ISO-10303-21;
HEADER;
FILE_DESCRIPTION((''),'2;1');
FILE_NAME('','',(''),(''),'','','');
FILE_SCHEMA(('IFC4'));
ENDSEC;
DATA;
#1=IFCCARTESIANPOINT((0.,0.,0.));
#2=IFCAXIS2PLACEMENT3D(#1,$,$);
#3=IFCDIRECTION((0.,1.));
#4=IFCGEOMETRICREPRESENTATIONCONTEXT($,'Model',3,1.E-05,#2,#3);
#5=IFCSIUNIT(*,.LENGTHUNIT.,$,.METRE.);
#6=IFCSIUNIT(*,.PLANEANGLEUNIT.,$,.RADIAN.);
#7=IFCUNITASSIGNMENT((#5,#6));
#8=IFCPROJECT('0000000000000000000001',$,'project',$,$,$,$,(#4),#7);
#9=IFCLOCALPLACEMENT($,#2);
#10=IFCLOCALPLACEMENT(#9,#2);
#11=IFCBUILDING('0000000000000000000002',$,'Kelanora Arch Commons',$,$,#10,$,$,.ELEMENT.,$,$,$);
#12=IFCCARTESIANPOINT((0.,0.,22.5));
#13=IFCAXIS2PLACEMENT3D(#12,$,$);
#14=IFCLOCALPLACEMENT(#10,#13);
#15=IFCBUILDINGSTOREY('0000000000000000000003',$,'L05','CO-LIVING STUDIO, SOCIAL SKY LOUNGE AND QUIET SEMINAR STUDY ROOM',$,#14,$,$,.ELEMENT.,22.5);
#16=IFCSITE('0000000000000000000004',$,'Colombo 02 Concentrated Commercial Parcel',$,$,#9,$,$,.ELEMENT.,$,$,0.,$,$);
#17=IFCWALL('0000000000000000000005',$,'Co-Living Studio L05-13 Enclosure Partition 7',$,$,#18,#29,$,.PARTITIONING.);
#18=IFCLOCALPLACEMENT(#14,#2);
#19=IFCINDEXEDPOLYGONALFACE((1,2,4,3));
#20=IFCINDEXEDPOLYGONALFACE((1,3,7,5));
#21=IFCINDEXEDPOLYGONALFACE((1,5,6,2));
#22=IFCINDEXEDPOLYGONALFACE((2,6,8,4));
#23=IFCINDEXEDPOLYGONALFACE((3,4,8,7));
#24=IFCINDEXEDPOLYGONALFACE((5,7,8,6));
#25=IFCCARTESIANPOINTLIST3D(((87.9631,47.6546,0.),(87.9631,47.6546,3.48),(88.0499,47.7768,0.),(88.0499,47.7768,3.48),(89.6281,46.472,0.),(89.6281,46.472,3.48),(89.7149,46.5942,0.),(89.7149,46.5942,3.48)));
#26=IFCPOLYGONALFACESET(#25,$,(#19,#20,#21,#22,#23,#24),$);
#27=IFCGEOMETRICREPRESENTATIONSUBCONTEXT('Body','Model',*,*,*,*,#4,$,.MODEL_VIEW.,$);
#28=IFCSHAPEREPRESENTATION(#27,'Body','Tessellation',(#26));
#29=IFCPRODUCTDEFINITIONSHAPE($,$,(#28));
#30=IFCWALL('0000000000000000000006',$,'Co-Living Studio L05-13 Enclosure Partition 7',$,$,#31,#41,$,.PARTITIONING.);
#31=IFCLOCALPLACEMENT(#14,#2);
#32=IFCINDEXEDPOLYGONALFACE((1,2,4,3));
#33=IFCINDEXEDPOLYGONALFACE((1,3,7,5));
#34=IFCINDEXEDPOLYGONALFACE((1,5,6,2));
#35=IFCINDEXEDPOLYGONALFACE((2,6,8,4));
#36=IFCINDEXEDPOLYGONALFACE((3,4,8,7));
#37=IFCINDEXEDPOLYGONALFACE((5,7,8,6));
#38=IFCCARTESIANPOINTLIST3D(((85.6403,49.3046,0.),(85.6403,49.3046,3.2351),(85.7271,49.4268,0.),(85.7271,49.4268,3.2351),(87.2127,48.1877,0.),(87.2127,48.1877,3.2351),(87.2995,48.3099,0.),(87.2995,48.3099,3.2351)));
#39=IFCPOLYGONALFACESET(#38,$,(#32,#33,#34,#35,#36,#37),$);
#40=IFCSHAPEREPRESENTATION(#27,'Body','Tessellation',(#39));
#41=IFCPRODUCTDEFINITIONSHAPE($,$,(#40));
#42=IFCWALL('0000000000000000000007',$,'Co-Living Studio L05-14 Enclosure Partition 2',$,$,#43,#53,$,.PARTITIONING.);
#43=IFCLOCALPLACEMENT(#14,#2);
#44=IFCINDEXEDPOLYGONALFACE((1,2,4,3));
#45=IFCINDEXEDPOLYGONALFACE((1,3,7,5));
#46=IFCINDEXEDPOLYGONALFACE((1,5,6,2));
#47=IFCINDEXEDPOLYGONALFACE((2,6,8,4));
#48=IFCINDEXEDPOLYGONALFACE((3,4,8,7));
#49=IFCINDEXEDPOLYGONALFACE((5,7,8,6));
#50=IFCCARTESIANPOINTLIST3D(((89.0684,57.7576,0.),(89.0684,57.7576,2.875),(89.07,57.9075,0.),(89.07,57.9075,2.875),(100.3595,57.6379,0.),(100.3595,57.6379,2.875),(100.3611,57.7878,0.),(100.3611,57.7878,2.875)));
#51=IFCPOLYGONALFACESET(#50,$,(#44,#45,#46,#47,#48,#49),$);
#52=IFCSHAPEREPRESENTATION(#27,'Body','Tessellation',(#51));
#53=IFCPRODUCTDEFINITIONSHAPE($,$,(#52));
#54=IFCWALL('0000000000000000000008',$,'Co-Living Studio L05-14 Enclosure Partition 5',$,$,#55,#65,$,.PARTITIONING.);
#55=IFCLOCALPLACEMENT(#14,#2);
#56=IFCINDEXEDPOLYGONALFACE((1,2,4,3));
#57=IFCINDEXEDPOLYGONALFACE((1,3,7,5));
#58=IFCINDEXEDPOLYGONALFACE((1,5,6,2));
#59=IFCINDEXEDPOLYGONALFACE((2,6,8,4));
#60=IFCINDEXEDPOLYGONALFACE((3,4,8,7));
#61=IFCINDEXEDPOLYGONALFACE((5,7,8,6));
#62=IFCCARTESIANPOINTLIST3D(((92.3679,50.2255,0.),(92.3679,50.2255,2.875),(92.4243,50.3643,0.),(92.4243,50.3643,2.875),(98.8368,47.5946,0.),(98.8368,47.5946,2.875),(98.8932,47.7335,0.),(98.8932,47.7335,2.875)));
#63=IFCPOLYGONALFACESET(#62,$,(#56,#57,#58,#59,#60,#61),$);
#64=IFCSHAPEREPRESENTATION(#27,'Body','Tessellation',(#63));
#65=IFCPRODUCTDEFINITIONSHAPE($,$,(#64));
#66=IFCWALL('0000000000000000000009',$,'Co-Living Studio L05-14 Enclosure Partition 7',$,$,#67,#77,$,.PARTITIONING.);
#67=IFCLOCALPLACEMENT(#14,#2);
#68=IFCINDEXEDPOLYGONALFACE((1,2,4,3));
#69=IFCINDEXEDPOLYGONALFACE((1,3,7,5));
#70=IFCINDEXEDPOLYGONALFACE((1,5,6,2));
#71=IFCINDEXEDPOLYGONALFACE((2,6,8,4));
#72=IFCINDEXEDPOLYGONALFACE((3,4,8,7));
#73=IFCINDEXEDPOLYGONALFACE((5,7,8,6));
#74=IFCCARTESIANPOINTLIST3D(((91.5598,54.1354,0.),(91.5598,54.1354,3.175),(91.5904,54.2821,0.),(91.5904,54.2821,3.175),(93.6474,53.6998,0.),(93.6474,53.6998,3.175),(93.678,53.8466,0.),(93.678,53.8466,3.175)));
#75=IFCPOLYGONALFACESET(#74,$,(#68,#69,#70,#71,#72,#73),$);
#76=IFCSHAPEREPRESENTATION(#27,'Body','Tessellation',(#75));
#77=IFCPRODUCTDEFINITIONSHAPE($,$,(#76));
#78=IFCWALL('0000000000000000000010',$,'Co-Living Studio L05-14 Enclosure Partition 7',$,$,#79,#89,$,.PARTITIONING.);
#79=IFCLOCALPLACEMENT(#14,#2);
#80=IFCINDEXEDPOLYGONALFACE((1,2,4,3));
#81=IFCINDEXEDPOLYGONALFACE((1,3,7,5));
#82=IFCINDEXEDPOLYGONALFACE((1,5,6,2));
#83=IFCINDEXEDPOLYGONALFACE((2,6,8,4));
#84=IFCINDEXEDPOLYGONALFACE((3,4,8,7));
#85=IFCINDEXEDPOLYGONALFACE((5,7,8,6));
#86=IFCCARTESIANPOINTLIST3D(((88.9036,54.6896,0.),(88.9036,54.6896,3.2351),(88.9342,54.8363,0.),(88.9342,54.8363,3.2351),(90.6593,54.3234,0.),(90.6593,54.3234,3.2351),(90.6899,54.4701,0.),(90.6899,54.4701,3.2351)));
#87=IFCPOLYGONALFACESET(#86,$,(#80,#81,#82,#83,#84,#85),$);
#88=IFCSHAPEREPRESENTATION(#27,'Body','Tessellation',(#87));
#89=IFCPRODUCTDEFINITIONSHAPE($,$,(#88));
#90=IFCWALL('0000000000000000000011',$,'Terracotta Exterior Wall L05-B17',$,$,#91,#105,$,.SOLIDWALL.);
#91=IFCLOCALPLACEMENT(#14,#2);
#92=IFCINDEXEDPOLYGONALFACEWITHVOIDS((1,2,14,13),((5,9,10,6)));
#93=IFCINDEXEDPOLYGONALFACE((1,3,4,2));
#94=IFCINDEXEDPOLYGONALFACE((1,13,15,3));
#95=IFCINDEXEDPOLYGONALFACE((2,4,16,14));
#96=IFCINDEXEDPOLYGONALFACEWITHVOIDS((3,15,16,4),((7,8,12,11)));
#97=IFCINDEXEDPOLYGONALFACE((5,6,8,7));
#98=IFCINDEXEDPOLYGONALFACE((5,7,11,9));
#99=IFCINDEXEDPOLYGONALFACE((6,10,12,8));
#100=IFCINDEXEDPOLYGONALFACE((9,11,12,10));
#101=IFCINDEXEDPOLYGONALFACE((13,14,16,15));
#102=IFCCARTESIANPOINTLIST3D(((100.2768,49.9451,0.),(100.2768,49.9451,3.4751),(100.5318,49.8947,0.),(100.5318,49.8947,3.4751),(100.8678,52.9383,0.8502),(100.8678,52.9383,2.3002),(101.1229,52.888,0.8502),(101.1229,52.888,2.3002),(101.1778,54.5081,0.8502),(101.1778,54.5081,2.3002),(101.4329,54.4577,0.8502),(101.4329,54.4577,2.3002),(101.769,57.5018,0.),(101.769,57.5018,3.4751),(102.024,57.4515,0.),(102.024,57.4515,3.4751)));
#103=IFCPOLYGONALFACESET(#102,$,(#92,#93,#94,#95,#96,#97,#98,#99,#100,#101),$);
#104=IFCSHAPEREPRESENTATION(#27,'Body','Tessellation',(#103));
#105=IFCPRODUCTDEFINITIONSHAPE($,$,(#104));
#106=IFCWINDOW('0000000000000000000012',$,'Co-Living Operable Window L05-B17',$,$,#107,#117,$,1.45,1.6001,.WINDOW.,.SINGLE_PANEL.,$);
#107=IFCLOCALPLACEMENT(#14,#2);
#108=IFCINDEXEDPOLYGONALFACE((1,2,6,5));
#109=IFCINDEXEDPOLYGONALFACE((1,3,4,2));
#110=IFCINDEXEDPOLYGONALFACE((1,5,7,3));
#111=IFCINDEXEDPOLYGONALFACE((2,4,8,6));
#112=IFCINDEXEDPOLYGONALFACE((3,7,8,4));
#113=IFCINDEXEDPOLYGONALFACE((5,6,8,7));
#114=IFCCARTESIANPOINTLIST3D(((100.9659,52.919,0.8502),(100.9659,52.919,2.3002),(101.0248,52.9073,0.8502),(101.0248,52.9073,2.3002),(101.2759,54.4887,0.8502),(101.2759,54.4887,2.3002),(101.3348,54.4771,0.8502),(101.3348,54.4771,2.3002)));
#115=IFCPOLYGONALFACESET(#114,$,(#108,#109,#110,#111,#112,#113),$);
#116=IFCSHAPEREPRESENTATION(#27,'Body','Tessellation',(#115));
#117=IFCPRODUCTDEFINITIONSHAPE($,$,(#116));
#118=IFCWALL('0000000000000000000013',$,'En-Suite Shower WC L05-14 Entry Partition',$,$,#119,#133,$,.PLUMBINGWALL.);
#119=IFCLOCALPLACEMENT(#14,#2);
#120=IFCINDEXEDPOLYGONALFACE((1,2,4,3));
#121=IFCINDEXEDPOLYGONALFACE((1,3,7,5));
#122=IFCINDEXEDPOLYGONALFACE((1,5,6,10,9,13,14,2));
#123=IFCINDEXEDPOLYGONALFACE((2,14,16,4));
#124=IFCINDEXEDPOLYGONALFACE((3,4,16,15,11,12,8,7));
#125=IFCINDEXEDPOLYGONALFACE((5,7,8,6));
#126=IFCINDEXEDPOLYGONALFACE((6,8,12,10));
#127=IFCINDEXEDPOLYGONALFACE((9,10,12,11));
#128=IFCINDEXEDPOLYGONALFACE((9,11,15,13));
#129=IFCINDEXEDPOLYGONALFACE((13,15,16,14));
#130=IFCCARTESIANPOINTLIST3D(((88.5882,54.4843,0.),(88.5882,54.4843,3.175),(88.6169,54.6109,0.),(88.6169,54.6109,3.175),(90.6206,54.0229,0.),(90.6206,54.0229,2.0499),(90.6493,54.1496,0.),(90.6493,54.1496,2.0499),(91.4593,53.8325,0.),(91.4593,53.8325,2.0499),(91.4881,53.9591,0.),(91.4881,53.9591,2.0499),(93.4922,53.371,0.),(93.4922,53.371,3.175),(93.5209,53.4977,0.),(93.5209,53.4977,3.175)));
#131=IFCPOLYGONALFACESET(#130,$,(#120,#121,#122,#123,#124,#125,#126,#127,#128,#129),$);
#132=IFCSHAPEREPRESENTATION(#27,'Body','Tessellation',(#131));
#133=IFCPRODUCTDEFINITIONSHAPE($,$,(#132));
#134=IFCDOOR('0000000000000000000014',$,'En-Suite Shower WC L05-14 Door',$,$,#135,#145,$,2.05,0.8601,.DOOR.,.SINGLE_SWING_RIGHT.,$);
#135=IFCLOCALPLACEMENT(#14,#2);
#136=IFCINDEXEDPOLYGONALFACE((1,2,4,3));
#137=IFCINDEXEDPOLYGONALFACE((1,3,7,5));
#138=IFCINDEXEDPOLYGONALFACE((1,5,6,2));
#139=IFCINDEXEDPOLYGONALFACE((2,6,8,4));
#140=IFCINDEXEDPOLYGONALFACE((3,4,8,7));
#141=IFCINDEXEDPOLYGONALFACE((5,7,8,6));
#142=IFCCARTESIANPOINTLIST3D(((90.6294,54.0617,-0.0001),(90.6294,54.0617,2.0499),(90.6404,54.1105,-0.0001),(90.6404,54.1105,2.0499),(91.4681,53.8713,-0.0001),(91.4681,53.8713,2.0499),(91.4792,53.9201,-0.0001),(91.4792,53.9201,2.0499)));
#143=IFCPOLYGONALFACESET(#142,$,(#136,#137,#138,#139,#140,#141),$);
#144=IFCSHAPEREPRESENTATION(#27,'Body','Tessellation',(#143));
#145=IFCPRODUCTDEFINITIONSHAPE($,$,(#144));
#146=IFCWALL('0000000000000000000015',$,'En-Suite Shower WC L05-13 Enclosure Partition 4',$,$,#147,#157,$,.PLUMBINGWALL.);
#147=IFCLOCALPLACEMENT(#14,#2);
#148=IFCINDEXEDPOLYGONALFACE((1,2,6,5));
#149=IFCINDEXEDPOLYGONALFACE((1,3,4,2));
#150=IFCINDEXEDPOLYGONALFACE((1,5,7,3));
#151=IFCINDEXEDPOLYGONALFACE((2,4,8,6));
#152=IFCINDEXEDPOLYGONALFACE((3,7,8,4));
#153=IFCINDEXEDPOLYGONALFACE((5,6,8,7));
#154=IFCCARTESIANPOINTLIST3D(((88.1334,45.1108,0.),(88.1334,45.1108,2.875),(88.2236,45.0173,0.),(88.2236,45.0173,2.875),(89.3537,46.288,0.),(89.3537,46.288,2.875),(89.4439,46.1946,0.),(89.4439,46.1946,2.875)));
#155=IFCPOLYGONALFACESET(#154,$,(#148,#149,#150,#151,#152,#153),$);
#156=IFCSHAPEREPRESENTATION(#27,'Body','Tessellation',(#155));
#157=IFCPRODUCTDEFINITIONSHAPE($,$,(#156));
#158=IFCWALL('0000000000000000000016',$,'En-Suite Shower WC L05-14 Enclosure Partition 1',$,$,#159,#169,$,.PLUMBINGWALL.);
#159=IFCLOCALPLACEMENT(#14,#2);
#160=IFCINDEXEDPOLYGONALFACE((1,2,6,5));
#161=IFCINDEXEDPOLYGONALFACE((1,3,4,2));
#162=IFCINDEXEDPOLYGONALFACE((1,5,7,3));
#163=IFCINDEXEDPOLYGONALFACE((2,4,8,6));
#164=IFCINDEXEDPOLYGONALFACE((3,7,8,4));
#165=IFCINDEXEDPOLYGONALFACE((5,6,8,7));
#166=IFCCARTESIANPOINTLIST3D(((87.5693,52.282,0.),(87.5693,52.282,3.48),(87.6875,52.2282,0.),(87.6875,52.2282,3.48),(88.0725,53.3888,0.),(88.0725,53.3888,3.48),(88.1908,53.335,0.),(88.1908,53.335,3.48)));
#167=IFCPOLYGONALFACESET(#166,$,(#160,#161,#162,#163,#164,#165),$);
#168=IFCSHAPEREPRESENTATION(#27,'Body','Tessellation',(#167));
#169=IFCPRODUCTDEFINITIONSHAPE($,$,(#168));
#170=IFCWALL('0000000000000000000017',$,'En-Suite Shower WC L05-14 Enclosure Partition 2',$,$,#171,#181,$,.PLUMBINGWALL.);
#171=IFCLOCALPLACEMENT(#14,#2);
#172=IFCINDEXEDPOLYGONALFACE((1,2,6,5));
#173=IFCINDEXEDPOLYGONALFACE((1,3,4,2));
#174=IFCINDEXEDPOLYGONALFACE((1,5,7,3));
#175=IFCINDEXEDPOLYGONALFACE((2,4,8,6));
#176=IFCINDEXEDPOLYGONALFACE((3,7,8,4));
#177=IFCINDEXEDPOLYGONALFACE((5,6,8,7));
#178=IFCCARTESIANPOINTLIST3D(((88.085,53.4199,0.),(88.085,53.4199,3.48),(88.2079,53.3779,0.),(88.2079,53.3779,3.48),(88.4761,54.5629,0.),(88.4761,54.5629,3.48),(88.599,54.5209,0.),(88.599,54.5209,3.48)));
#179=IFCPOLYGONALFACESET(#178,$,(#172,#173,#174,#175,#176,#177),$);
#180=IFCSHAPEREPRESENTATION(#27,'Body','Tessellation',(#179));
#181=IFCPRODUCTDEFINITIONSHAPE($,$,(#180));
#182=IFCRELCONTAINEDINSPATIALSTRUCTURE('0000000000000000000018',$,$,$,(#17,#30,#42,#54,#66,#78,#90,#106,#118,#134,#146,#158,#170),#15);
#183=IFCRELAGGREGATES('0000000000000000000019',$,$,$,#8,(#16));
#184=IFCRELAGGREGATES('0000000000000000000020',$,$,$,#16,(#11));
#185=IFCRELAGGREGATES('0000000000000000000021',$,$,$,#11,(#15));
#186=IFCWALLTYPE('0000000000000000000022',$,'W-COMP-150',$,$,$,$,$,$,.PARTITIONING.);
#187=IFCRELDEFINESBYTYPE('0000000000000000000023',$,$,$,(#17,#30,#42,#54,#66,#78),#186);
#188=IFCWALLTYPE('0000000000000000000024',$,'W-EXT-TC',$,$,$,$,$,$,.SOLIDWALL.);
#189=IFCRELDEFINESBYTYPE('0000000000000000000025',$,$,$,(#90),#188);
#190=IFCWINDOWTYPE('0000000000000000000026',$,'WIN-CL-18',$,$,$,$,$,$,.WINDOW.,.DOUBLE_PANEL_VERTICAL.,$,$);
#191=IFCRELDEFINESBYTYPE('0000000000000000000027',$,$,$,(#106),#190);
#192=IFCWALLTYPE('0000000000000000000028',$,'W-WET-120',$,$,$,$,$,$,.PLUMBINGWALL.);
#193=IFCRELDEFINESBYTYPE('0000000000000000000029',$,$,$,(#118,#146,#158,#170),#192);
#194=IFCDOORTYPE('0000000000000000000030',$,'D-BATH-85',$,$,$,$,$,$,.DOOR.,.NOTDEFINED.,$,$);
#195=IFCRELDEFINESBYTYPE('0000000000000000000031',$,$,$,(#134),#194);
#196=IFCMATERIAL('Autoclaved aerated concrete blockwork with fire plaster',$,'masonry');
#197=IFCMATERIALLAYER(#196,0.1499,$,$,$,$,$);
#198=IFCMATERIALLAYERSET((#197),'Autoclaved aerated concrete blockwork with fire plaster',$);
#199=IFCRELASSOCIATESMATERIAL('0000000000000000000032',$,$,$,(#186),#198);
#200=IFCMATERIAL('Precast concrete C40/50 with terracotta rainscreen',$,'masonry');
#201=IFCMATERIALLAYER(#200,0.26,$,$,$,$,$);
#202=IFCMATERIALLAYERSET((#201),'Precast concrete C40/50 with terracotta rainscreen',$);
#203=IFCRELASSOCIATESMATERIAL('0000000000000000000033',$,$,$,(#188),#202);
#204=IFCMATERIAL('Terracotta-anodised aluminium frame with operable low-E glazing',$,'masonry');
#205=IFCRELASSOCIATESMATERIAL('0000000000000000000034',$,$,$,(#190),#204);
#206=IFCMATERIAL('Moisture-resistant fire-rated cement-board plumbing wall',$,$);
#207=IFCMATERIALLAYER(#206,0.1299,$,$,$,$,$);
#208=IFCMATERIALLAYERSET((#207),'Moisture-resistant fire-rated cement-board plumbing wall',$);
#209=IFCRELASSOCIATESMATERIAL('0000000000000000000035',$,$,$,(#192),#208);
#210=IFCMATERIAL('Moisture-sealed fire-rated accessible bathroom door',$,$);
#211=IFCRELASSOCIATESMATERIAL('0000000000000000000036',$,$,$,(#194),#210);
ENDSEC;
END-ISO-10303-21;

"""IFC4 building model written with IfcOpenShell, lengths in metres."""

from ifc_helpers import new_model, si_unit, direction, frame, frame_2d, origin, place, context, subcontext, project, spatial, rectangle, extrude, material, layer, layer_set, type_object, element, fill, save


model = new_model("IFC4")

# Units and contexts
model_context = context("Model", 3, precision=1e-05, world=origin(), true_north=direction((0.0, 1.0)))
body_context = subcontext(model_context, "Body", "Model", "MODEL_VIEW")
ifc_project = project(units=[si_unit("LENGTHUNIT", "METRE"), si_unit("PLANEANGLEUNIT", "RADIAN")], contexts=[model_context])

# Site, building, storey
site_placement = place(None, origin())
site = spatial("IfcSite", under=ifc_project, at=site_placement, Name="Colombo 02 Concentrated Commercial Parcel", CompositionType="ELEMENT", RefElevation=0.0)
building_placement = place(site_placement, origin())
building = spatial("IfcBuilding", under=site, at=building_placement, Name="Kelanora Arch Commons", CompositionType="ELEMENT")
storey_placement = place(building_placement, frame((0.0, 0.0, 22.5)))
storey = spatial("IfcBuildingStorey", under=building, at=storey_placement, Name="L05", Description="CO-LIVING STUDIO, SOCIAL SKY LOUNGE AND QUIET SEMINAR STUDY ROOM", CompositionType="ELEMENT", Elevation=22.5)

# Shared definitions
ifc_material_1 = material(Name="Autoclaved aerated concrete blockwork with fire plaster", Category="masonry")
ifc_layer_1 = layer(ifc_material_1, 0.1499)
ifc_layer_set_1 = layer_set([ifc_layer_1], Name="Autoclaved aerated concrete blockwork with fire plaster")
wall_type_1 = type_object("IfcWallType", Name="W-COMP-150", PredefinedType="PARTITIONING", material=ifc_layer_set_1)

# Walls
wall_1_placement = place(storey_placement, frame((89.6714, 46.5332, 0.0), z_axis=(0.0, 0.0, 1.0), x_axis=(-0.815281, 0.579065, 0.0)))
element("IfcWall", 1, at=wall_1_placement, inside=storey, type_object=wall_type_1, Name="Co-Living Studio L05-13 Enclosure Partition 7", PredefinedType="PARTITIONING", context=body_context, shape_type="SweptSolid", body=[
    extrude(rectangle(XDim=2.0422, YDim=0.1499, at=frame_2d((1.021, 0.0))), origin(), (0.0, 0.0, 1.0), 3.48),
])
wall_2_placement = place(storey_placement, frame((87.2561, 48.2488, 0.0), z_axis=(0.0, 0.0, 1.0), x_axis=(-0.81527, 0.579081, 0.0)))
element("IfcWall", 2, at=wall_2_placement, inside=storey, type_object=wall_type_1, Name="Co-Living Studio L05-13 Enclosure Partition 7", PredefinedType="PARTITIONING", context=body_context, shape_type="SweptSolid", body=[
    extrude(rectangle(XDim=1.9287, YDim=0.1499, at=frame_2d((0.9644, 0.0))), origin(), (0.0, 0.0, 1.0), 3.2351),
])
wall_3_placement = place(storey_placement, frame((89.0691, 57.8325, 0.0), z_axis=(0.0, 0.0, 1.0), x_axis=(0.999944, -0.010594, 0.0)))
element("IfcWall", 3, at=wall_3_placement, inside=storey, type_object=wall_type_1, Name="Co-Living Studio L05-14 Enclosure Partition 2", PredefinedType="PARTITIONING", context=body_context, shape_type="SweptSolid", body=[
    extrude(rectangle(XDim=11.2917, YDim=0.1499, at=frame_2d((5.646, 0.0))), origin(), (0.0, 0.0, 1.0), 2.875),
])
wall_4_placement = place(storey_placement, frame((98.865, 47.6641, 0.0), z_axis=(0.0, 0.0, 1.0), x_axis=(-0.926325, 0.376725, 0.0)))
element("IfcWall", 4, at=wall_4_placement, inside=storey, type_object=wall_type_1, Name="Co-Living Studio L05-14 Enclosure Partition 5", PredefinedType="PARTITIONING", context=body_context, shape_type="SweptSolid", body=[
    extrude(rectangle(XDim=6.9834, YDim=0.1499, at=frame_2d((3.4917, 0.0))), origin(), (0.0, 0.0, 1.0), 2.875),
])
wall_5_placement = place(storey_placement, frame((93.6628, 53.7732, 0.0), z_axis=(0.0, 0.0, 1.0), x_axis=(-0.978922, 0.204233, 0.0)))
element("IfcWall", 5, at=wall_5_placement, inside=storey, type_object=wall_type_1, Name="Co-Living Studio L05-14 Enclosure Partition 7", PredefinedType="PARTITIONING", context=body_context, shape_type="SweptSolid", body=[
    extrude(rectangle(XDim=2.1326, YDim=0.1499, at=frame_2d((1.0664, 0.0))), origin(), (0.0, 0.0, 1.0), 3.175),
])
wall_6_placement = place(storey_placement, frame((90.6746, 54.3967, 0.0), z_axis=(0.0, 0.0, 1.0), x_axis=(-0.978929, 0.204199, 0.0)))
element("IfcWall", 6, at=wall_6_placement, inside=storey, type_object=wall_type_1, Name="Co-Living Studio L05-14 Enclosure Partition 7", PredefinedType="PARTITIONING", context=body_context, shape_type="SweptSolid", body=[
    extrude(rectangle(XDim=1.7935, YDim=0.1499, at=frame_2d((0.8967, 0.0))), origin(), (0.0, 0.0, 1.0), 3.2351),
])

# Wall, opening, window
ifc_material_2 = material(Name="Precast concrete C40/50 with terracotta rainscreen", Category="masonry")
ifc_layer_2 = layer(ifc_material_2, 0.26)
ifc_layer_set_2 = layer_set([ifc_layer_2], Name="Precast concrete C40/50 with terracotta rainscreen")
wall_type_2 = type_object("IfcWallType", Name="W-EXT-TC", PredefinedType="SOLIDWALL", material=ifc_layer_set_2)
wall_7_placement = place(storey_placement, frame((100.4043, 49.9199, 0.0), z_axis=(0.0, 0.0, 1.0), x_axis=(0.193726, 0.981056, 0.0)))
wall_7 = element("IfcWall", 7, at=wall_7_placement, inside=storey, type_object=wall_type_2, Name="Terracotta Exterior Wall L05-B17", PredefinedType="SOLIDWALL", context=body_context, shape_type="SweptSolid", body=[
    extrude(rectangle(XDim=7.7026, YDim=0.26, at=frame_2d((3.8513, 0.0))), origin(), (0.0, 0.0, 1.0), 3.4751),
])
opening_1_placement = place(wall_7_placement, frame((3.051, 0.0, 0.8501)))
opening_1 = element("IfcOpeningElement", 8, at=opening_1_placement, cuts=wall_7, PredefinedType="OPENING", context=body_context, shape_type="SweptSolid", body=[
    extrude(rectangle(XDim=1.6001, YDim=1.45, at=frame_2d((0.8, 0.7251))), frame((0.0, 0.1401, 0.0), z_axis=(0.0, -1.0, 0.0), x_axis=(1.0, 0.0, 0.0)), (0.0, 0.0, 1.0), 0.28),
])
ifc_material_3 = material(Name="Terracotta-anodised aluminium frame with operable low-E glazing", Category="masonry")
window_type = type_object("IfcWindowType", Name="WIN-CL-18", PartitioningType="DOUBLE_PANEL_VERTICAL", PredefinedType="WINDOW", material=ifc_material_3)
window_placement = place(opening_1_placement, origin())
window = element("IfcWindow", 9, at=window_placement, inside=storey, type_object=window_type, Name="Co-Living Operable Window L05-B17", OverallHeight=1.45, OverallWidth=1.6001, PartitioningType="SINGLE_PANEL", PredefinedType="WINDOW", context=body_context, shape_type="SweptSolid", body=[
    extrude(rectangle(XDim=1.6001, YDim=1.45, at=frame_2d((0.8, 0.7251))), frame((0.0, 0.03, 0.0), z_axis=(0.0, -1.0, 0.0), x_axis=(1.0, 0.0, 0.0)), (0.0, 0.0, 1.0), 0.0601),
])
fill(opening_1, window)

# Wall, opening, door
ifc_material_4 = material(Name="Moisture-resistant fire-rated cement-board plumbing wall")
ifc_layer_3 = layer(ifc_material_4, 0.1299)
ifc_layer_set_3 = layer_set([ifc_layer_3], Name="Moisture-resistant fire-rated cement-board plumbing wall")
wall_type_3 = type_object("IfcWallType", Name="W-WET-120", PredefinedType="PLUMBINGWALL", material=ifc_layer_set_3)
wall_8_placement = place(storey_placement, frame((88.6025, 54.5476, 0.0), z_axis=(0.0, 0.0, 1.0), x_axis=(0.975188, -0.22138, 0.0)))
wall_8 = element("IfcWall", 10, at=wall_8_placement, inside=storey, type_object=wall_type_3, Name="En-Suite Shower WC L05-14 Entry Partition", PredefinedType="PLUMBINGWALL", context=body_context, shape_type="SweptSolid", body=[
    extrude(rectangle(XDim=5.0288, YDim=0.1299, at=frame_2d((2.5144, 0.0))), origin(), (0.0, 0.0, 1.0), 3.175),
])
opening_2_placement = place(wall_8_placement, frame((2.084, 0.0, 0.0)))
opening_2 = element("IfcOpeningElement", 11, at=opening_2_placement, cuts=wall_8, PredefinedType="OPENING", context=body_context, shape_type="SweptSolid", body=[
    extrude(rectangle(XDim=0.8601, YDim=2.05, at=frame_2d((0.4302, 1.0249))), frame((0.0, 0.075, 0.0), z_axis=(0.0, -1.0, 0.0), x_axis=(1.0, 0.0, 0.0)), (0.0, 0.0, 1.0), 0.1499),
])
ifc_material_5 = material(Name="Moisture-sealed fire-rated accessible bathroom door")
door_type_1 = type_object("IfcDoorType", Name="D-BATH-85", OperationType="NOTDEFINED", PredefinedType="DOOR", material=ifc_material_5)
door_1_placement = place(opening_2_placement, origin())
door_1 = element("IfcDoor", 12, at=door_1_placement, inside=storey, type_object=door_type_1, Name="En-Suite Shower WC L05-14 Door", OperationType="SINGLE_SWING_RIGHT", OverallHeight=2.05, OverallWidth=0.8601, PredefinedType="DOOR", context=body_context, shape_type="SweptSolid", body=[
    extrude(rectangle(XDim=0.8601, YDim=2.05, at=frame_2d((0.4302, 1.0249))), frame((0.0, 0.0249, 0.0), z_axis=(0.0, -1.0, 0.0), x_axis=(1.0, 0.0, 0.0)), (0.0, 0.0, 1.0), 0.05),
])
fill(opening_2, door_1)

# Walls
wall_9_placement = place(storey_placement, frame((89.3987, 46.2412, 0.0), z_axis=(0.0, 0.0, 1.0), x_axis=(-0.719664, -0.694322, 0.0)))
element("IfcWall", 13, at=wall_9_placement, inside=storey, type_object=wall_type_3, Name="En-Suite Shower WC L05-13 Enclosure Partition 4", PredefinedType="PLUMBINGWALL", context=body_context, shape_type="SweptSolid", body=[
    extrude(rectangle(XDim=1.6956, YDim=0.1299, at=frame_2d((0.8477, 0.0))), origin(), (0.0, 0.0, 1.0), 2.875),
])
wall_10_placement = place(storey_placement, frame((87.6284, 52.2551, 0.0), z_axis=(0.0, 0.0, 1.0), x_axis=(0.413894, 0.910325, 0.0)))
element("IfcWall", 14, at=wall_10_placement, inside=storey, type_object=wall_type_3, Name="En-Suite Shower WC L05-14 Enclosure Partition 1", PredefinedType="PLUMBINGWALL", context=body_context, shape_type="SweptSolid", body=[
    extrude(rectangle(XDim=1.2158, YDim=0.1299, at=frame_2d((0.6079, 0.0))), origin(), (0.0, 0.0, 1.0), 3.48),
])
wall_11_placement = place(storey_placement, frame((88.1465, 53.3989, 0.0), z_axis=(0.0, 0.0, 1.0), x_axis=(0.323735, 0.946148, 0.0)))
element("IfcWall", 15, at=wall_11_placement, inside=storey, type_object=wall_type_3, Name="En-Suite Shower WC L05-14 Enclosure Partition 2", PredefinedType="PLUMBINGWALL", context=body_context, shape_type="SweptSolid", body=[
    extrude(rectangle(XDim=1.208, YDim=0.1299, at=frame_2d((0.604, 0.0))), origin(), (0.0, 0.0, 1.0), 3.48),
])

save(model, "model.ifc")
